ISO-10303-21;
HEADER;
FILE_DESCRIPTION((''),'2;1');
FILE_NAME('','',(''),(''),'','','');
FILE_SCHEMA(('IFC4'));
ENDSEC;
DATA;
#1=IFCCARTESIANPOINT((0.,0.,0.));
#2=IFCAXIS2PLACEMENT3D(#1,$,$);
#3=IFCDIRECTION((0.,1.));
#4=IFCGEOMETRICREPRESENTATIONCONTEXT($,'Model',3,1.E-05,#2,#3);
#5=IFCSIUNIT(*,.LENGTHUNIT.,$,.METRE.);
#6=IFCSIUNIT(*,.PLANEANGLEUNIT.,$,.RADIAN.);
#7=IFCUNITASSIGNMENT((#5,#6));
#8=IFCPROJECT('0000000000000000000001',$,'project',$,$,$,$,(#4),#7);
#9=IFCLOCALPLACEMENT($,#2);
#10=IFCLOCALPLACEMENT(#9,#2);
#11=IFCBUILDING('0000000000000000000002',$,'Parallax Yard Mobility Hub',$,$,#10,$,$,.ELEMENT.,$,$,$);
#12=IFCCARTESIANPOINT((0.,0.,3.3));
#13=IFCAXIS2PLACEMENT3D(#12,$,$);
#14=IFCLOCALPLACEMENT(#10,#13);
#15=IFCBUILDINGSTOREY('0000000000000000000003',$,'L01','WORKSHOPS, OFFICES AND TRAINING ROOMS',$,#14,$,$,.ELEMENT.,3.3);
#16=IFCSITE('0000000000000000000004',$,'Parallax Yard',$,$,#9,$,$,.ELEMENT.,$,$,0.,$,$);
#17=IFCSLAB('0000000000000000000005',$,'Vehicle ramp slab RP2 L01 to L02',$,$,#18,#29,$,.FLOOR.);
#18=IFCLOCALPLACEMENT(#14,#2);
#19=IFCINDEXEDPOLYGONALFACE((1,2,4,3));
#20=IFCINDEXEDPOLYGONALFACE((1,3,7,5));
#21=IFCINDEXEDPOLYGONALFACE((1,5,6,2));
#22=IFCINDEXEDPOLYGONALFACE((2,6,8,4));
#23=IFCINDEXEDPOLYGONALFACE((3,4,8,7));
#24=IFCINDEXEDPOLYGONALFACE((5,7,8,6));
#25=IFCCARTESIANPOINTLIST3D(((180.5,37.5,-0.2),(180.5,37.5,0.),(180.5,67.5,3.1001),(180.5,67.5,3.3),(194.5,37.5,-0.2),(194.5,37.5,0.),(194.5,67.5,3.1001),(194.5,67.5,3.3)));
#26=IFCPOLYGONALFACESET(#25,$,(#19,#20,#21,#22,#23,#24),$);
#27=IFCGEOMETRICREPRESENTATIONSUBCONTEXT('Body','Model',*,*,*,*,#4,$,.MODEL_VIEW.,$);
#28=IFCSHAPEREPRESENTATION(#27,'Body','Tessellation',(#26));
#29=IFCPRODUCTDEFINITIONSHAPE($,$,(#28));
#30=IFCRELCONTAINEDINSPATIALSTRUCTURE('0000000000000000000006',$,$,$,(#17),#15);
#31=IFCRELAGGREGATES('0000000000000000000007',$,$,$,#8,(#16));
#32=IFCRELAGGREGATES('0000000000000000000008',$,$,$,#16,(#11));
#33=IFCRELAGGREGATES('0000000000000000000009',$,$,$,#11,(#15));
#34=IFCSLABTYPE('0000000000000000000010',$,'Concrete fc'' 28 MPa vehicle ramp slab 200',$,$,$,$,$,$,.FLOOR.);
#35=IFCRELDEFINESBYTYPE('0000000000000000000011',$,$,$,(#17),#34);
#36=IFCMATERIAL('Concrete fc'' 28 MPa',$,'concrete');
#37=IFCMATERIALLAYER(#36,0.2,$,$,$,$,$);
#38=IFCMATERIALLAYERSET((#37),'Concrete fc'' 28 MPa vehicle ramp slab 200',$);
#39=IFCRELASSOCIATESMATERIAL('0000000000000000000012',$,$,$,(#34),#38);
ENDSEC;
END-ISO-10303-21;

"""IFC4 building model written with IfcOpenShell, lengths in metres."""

from ifc_helpers import new_model, si_unit, direction, frame, origin, place, context, subcontext, project, spatial, polyline, outline, extrude, material, layer, layer_set, type_object, element, save


model = new_model("IFC4")

# Units and contexts
model_context = context("Model", 3, precision=1e-05, world=origin(), true_north=direction((0.0, 1.0)))
body_context = subcontext(model_context, "Body", "Model", "MODEL_VIEW")
ifc_project = project(units=[si_unit("LENGTHUNIT", "METRE"), si_unit("PLANEANGLEUNIT", "RADIAN")], contexts=[model_context])

# Site, building, storey
site_placement = place(None, origin())
site = spatial("IfcSite", under=ifc_project, at=site_placement, Name="Parallax Yard", CompositionType="ELEMENT", RefElevation=0.0)
building_placement = place(site_placement, origin())
building = spatial("IfcBuilding", under=site, at=building_placement, Name="Parallax Yard Mobility Hub", CompositionType="ELEMENT")
storey_placement = place(building_placement, frame((0.0, 0.0, 3.3)))
storey = spatial("IfcBuildingStorey", under=building, at=storey_placement, Name="L01", Description="WORKSHOPS, OFFICES AND TRAINING ROOMS", CompositionType="ELEMENT", Elevation=3.3)

# Slab
ifc_material_1 = material(Name="Concrete fc' 28 MPa", Category="concrete")
ifc_layer = layer(ifc_material_1, 0.2)
ifc_layer_set = layer_set([ifc_layer], Name="Concrete fc' 28 MPa vehicle ramp slab 200")
slab_type = type_object("IfcSlabType", Name="Concrete fc' 28 MPa vehicle ramp slab 200", PredefinedType="FLOOR", material=ifc_layer_set)
slab_placement = place(storey_placement, frame((187.5, 37.5, 0.0), z_axis=(0.0, 0.0, 1.0), x_axis=(0.0, 1.0, 0.0)))
element("IfcSlab", 1, at=slab_placement, inside=storey, type_object=slab_type, Name="Vehicle ramp slab RP2 L01 to L02", PredefinedType="FLOOR", context=body_context, shape_type="SweptSolid", body=[
    extrude(outline(polyline([(0.0, -0.2), (30.0, 3.1001), (30.0, 3.3), (0.0, 0.0), (0.0, -0.2)])), frame((0.0, 7.0, 0.0), z_axis=(0.0, -1.0, 0.0), x_axis=(1.0, 0.0, 0.0)), (0.0, 0.0, 1.0), 14.0),
])

save(model, "model.ifc")
